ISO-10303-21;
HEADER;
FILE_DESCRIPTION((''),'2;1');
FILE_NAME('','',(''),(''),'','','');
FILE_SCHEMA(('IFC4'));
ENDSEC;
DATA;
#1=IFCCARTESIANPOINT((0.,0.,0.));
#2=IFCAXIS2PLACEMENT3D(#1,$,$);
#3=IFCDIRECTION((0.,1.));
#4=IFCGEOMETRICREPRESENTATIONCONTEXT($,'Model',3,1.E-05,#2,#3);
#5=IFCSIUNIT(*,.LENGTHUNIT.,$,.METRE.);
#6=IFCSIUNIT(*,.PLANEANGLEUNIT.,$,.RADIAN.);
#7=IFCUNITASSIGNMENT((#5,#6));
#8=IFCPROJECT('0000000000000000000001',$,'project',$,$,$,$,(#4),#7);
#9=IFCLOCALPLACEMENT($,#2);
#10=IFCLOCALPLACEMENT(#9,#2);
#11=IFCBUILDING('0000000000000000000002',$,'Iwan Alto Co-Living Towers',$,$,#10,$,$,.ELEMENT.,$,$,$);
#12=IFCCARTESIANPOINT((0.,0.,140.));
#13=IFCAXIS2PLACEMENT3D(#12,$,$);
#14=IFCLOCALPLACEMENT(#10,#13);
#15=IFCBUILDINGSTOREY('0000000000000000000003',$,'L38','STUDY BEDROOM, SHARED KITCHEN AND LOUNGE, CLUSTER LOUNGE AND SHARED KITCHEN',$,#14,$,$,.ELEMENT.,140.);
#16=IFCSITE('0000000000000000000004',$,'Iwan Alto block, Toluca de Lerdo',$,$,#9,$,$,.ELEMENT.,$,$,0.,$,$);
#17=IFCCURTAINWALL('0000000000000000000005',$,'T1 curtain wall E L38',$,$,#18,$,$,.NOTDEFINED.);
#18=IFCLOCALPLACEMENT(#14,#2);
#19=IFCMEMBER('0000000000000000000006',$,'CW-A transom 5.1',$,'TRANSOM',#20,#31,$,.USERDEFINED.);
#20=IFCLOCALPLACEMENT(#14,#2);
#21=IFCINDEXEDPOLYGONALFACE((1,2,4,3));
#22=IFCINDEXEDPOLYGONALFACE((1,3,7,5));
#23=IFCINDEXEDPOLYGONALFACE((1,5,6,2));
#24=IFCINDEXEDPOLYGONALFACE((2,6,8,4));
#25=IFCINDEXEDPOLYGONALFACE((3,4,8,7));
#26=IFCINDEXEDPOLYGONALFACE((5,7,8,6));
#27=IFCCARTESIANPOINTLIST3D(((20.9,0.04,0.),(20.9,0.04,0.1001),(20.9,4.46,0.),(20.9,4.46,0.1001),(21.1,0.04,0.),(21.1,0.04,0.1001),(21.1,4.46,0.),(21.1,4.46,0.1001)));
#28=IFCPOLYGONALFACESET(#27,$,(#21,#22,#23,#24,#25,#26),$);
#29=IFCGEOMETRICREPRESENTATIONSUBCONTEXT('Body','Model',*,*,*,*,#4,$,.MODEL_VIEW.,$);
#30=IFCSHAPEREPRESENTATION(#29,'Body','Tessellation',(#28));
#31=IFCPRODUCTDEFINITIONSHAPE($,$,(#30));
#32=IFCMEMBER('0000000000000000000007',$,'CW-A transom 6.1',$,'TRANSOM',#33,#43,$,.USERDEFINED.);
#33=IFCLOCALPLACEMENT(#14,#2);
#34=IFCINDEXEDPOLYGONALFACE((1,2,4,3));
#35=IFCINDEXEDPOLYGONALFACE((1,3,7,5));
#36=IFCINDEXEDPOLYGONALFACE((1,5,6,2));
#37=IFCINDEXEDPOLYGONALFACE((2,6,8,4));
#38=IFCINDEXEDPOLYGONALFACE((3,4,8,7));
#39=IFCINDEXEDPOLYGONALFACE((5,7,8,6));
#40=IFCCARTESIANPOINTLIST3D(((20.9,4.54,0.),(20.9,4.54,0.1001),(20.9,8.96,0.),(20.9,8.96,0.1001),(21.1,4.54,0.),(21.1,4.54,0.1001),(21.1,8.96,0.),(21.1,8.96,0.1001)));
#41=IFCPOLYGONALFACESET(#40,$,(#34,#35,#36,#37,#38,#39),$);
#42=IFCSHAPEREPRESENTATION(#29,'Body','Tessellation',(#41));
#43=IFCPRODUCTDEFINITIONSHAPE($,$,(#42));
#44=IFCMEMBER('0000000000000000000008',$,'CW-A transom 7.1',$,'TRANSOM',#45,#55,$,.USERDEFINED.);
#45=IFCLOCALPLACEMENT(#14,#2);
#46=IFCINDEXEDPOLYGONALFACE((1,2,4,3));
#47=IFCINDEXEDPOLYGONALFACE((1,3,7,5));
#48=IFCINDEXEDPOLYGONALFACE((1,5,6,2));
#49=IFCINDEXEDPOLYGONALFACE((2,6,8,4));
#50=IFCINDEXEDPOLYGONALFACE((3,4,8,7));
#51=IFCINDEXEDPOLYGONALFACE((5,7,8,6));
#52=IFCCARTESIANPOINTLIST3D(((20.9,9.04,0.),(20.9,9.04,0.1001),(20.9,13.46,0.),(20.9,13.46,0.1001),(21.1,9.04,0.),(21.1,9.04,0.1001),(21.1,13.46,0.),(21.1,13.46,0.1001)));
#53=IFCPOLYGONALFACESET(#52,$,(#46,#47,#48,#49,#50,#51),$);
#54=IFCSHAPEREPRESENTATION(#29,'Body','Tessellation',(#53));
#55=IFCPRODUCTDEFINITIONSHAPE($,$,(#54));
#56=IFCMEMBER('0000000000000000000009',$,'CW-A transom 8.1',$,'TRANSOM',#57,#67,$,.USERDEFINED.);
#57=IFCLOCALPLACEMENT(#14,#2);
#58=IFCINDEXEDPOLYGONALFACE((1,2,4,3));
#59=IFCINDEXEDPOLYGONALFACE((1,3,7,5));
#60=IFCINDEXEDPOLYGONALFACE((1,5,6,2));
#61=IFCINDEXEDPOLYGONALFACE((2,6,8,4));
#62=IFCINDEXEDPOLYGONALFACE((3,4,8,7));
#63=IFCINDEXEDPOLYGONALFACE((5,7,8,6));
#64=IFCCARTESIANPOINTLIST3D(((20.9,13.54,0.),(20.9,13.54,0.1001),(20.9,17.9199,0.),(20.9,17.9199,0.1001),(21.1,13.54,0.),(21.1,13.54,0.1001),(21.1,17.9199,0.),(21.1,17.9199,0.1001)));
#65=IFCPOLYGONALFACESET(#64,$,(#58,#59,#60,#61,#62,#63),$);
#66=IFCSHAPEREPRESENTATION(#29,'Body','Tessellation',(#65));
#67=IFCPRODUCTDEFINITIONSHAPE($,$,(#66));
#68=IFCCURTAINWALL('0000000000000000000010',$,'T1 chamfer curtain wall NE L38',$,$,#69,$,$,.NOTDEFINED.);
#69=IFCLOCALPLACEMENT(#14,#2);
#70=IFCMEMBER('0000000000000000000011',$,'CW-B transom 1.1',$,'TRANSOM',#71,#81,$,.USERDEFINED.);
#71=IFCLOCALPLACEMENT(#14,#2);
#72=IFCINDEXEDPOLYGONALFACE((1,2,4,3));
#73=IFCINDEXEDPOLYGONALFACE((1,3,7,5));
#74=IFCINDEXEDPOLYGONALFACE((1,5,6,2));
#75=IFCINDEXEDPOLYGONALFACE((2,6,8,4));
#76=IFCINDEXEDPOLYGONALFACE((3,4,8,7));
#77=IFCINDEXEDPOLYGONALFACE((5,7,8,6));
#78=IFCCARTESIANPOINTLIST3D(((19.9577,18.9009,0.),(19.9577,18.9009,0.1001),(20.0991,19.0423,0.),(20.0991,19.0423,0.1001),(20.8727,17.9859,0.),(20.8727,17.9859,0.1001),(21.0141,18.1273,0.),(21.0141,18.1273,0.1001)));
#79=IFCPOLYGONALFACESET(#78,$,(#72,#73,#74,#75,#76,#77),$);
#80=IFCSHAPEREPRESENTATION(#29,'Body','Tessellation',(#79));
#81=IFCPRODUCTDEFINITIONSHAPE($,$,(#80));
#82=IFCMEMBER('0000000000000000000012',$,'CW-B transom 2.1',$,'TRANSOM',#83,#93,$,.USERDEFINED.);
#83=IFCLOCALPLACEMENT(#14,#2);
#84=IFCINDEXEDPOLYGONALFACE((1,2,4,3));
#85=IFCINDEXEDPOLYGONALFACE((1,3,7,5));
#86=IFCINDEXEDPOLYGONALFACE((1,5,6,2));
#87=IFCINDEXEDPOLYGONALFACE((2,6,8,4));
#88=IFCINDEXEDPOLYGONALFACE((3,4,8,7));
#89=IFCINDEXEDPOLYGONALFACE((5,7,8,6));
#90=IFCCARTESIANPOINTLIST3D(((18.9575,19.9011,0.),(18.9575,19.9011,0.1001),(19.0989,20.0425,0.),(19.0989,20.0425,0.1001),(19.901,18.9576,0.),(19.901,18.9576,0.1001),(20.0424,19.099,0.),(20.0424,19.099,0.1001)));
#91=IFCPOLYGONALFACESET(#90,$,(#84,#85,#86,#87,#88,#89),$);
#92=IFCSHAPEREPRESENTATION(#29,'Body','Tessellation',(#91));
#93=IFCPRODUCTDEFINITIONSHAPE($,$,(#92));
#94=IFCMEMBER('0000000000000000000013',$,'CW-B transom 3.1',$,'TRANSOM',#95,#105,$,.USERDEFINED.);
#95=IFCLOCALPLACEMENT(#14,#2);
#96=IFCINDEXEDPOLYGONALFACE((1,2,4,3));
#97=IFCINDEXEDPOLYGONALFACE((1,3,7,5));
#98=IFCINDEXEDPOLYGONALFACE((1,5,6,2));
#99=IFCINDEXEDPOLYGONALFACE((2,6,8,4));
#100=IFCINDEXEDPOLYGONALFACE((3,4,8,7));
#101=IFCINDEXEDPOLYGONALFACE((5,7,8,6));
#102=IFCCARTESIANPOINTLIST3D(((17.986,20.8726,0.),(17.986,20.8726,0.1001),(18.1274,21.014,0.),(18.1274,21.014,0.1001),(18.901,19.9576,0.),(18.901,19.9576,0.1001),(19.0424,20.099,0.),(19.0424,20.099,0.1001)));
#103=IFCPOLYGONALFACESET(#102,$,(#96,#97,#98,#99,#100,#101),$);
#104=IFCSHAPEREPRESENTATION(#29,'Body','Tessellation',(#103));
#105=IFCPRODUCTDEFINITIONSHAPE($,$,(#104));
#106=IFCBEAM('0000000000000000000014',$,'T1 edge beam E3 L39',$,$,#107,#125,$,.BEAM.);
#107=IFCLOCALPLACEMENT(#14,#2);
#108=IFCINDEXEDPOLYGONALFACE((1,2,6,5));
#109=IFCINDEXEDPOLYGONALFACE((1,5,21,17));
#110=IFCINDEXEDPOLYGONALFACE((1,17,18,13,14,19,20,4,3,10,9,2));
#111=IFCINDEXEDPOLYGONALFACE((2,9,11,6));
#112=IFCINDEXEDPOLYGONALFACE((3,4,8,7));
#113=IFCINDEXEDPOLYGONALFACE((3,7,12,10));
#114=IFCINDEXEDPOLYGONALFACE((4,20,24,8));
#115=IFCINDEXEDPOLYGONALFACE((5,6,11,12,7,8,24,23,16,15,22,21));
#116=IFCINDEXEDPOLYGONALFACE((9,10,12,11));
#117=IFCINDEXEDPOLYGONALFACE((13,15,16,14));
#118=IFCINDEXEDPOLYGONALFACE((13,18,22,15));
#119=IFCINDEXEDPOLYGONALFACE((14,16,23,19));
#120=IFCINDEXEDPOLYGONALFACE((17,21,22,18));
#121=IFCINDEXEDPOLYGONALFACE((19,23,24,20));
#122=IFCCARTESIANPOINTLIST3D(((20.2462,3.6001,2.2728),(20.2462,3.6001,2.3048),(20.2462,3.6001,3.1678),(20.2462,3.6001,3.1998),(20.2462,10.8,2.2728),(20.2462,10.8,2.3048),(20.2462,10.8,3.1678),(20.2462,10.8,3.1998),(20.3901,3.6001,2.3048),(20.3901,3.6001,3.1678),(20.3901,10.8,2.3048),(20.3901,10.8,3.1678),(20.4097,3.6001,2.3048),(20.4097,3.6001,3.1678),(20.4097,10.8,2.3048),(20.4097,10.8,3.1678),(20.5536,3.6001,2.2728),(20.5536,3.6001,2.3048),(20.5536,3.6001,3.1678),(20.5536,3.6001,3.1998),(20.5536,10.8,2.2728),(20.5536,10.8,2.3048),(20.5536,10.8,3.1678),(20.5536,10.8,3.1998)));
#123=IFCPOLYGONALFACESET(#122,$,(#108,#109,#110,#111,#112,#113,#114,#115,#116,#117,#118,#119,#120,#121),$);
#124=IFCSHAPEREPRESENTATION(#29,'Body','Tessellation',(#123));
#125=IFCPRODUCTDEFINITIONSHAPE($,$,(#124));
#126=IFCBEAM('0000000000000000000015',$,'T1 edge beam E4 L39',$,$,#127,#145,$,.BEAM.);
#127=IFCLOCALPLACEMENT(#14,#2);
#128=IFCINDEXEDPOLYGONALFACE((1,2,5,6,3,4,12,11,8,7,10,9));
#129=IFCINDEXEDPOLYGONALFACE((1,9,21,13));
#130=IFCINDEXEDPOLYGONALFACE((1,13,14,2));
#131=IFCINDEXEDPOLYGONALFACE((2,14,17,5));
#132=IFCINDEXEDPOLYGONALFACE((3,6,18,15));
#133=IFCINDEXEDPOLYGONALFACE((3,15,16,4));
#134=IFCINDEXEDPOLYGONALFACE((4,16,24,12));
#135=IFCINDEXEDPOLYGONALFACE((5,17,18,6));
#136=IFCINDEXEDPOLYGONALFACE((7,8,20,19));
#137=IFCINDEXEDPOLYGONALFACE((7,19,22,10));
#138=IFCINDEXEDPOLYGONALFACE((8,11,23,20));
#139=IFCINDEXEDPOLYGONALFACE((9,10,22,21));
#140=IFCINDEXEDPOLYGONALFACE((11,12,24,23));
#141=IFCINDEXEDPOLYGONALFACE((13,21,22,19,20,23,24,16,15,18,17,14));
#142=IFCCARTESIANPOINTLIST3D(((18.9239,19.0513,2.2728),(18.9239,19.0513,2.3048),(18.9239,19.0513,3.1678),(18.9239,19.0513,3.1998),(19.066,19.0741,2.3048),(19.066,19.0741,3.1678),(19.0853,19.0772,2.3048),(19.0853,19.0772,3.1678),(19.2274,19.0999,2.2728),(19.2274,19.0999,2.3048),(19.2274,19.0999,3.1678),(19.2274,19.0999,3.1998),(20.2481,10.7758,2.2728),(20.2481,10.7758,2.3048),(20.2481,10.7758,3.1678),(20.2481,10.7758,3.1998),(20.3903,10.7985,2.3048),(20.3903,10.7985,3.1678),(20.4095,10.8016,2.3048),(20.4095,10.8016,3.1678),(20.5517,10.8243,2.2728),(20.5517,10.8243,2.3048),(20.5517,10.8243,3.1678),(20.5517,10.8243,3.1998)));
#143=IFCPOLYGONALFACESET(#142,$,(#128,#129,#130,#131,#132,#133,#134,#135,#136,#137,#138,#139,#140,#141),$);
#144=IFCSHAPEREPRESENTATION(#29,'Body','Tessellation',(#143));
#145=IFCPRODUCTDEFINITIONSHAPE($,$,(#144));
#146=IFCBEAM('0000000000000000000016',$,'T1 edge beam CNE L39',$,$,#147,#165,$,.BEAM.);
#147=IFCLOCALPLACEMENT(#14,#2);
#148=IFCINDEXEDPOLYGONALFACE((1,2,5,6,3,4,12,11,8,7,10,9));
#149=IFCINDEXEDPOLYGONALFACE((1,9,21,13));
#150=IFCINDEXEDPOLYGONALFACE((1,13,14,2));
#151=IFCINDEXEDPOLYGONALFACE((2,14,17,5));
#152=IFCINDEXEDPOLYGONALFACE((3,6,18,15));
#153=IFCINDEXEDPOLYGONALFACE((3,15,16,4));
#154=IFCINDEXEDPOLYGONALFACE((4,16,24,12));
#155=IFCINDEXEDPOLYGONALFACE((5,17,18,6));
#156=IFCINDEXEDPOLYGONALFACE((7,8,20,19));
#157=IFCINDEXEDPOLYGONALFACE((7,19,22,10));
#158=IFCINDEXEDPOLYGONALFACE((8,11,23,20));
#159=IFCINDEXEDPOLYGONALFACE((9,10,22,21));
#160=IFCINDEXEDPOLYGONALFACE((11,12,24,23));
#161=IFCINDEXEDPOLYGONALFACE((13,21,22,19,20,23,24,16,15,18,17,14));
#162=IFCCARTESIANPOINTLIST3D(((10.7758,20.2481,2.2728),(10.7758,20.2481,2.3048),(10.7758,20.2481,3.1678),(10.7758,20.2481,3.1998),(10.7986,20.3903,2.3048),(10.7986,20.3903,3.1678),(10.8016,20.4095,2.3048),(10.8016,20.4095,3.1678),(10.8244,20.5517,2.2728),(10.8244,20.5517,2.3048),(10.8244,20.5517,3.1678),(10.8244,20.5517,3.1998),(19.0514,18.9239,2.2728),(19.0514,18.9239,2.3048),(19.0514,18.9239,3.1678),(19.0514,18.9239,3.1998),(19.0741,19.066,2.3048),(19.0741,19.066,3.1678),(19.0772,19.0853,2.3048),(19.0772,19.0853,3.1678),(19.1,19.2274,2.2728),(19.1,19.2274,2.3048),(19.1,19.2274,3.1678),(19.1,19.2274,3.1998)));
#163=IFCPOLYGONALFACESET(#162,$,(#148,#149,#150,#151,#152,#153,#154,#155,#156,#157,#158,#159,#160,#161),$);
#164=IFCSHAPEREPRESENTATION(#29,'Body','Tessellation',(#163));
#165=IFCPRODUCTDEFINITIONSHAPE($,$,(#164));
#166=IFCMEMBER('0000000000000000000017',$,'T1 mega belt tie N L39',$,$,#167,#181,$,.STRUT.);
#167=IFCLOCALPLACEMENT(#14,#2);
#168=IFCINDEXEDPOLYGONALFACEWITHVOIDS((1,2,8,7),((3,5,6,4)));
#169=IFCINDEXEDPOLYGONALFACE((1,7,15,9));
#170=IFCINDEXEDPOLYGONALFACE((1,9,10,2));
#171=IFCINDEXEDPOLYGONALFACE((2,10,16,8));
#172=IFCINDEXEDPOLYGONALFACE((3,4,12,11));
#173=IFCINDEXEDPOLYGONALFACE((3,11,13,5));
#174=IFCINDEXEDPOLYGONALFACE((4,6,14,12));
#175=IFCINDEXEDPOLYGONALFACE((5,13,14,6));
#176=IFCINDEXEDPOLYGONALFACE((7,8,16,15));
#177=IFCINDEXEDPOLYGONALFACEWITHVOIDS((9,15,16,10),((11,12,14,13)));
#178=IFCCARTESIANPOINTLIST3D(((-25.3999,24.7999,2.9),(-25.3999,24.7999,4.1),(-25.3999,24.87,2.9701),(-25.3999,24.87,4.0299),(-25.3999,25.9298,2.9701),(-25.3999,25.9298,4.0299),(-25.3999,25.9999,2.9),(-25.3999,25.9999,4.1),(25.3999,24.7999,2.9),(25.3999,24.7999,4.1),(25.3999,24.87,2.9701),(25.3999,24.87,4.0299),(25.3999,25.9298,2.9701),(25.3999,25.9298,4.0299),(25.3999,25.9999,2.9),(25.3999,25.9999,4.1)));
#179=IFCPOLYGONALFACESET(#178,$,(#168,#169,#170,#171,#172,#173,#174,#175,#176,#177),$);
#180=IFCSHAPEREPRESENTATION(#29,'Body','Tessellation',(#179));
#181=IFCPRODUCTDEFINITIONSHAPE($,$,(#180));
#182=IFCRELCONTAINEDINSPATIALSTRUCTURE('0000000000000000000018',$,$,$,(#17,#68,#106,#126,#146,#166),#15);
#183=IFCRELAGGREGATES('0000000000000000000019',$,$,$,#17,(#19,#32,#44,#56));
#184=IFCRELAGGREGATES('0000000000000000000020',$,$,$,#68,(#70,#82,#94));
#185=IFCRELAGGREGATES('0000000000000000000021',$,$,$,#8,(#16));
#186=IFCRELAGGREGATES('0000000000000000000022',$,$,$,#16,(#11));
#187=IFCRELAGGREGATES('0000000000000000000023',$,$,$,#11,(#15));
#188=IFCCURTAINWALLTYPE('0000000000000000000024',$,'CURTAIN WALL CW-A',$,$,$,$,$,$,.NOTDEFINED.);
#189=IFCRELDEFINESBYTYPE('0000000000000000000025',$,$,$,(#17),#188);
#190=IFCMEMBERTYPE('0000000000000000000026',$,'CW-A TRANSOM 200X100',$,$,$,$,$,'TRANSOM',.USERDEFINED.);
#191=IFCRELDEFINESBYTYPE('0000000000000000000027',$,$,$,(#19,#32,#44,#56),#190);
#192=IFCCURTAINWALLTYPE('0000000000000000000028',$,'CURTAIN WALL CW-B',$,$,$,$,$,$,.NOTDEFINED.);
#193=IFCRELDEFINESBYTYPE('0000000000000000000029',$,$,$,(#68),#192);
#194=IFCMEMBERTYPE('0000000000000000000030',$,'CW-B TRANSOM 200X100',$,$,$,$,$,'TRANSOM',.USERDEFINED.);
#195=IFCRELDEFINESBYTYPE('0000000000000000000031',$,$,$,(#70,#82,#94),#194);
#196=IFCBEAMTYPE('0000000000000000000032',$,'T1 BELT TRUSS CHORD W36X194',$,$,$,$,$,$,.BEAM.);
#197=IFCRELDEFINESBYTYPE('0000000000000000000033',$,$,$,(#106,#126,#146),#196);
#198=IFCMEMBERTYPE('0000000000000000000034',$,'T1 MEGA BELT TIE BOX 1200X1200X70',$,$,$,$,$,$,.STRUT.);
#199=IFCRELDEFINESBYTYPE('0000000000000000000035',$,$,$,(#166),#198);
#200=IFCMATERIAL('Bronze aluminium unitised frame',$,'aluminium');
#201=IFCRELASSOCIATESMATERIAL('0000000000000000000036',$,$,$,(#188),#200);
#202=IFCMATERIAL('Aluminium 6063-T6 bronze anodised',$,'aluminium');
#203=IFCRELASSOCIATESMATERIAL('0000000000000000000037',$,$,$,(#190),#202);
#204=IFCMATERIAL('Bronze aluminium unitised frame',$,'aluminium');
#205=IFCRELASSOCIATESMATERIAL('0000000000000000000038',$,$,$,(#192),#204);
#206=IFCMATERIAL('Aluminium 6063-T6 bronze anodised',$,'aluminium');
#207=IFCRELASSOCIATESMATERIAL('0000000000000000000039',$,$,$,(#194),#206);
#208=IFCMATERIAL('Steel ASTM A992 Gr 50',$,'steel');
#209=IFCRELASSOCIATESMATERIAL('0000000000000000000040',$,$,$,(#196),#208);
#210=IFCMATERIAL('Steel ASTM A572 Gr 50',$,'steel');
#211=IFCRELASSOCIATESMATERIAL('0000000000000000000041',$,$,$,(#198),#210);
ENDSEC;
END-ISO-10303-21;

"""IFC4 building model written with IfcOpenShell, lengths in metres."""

from ifc_helpers import new_model, si_unit, direction, frame, origin, origin_2d, place, context, subcontext, project, spatial, rectangle, hollow_rectangle, i_section, extrude, material, material_profile, profile_set, type_object, element, aggregate, save


model = new_model("IFC4")

# Units and contexts
model_context = context("Model", 3, precision=1e-05, world=origin(), true_north=direction((0.0, 1.0)))
body_context = subcontext(model_context, "Body", "Model", "MODEL_VIEW")
ifc_project = project(units=[si_unit("LENGTHUNIT", "METRE"), si_unit("PLANEANGLEUNIT", "RADIAN")], contexts=[model_context])

# Site, building, storey
site_placement = place(None, origin())
site = spatial("IfcSite", under=ifc_project, at=site_placement, Name="Iwan Alto block, Toluca de Lerdo", CompositionType="ELEMENT", RefElevation=0.0)
building_placement = place(site_placement, origin())
building = spatial("IfcBuilding", under=site, at=building_placement, Name="Iwan Alto Co-Living Towers", CompositionType="ELEMENT")
storey_placement = place(building_placement, frame((0.0, 0.0, 140.0)))
storey = spatial("IfcBuildingStorey", under=building, at=storey_placement, Name="L38", Description="STUDY BEDROOM, SHARED KITCHEN AND LOUNGE, CLUSTER LOUNGE AND SHARED KITCHEN", CompositionType="ELEMENT", Elevation=140.0)

# Curtain walls, members
ifc_material_1 = material(Name="Bronze aluminium unitised frame", Category="aluminium")
curtain_wall_type_1 = type_object("IfcCurtainWallType", Name="CURTAIN WALL CW-A", PredefinedType="NOTDEFINED", material=ifc_material_1)
curtain_wall_1_placement = place(storey_placement, origin())
curtain_wall_1 = element("IfcCurtainWall", 1, at=curtain_wall_1_placement, inside=storey, type_object=curtain_wall_type_1, Name="T1 curtain wall E L38", PredefinedType="NOTDEFINED")
ifc_material_2 = material(Name="Aluminium 6063-T6 bronze anodised", Category="aluminium")
ifc_material_profile_1 = material_profile(ifc_material_2, rectangle(XDim=0.2, YDim=0.1001, at=origin_2d()), Name="AL 200X100")
ifc_profile_set_1 = profile_set([ifc_material_profile_1], Name="Aluminium 6063-T6 bronze anodised")
member_type_1 = type_object("IfcMemberType", Name="CW-A TRANSOM 200X100", ElementType="TRANSOM", PredefinedType="USERDEFINED", material=ifc_profile_set_1)
member_1_placement = place(storey_placement, frame((21.0, 0.04, 0.05), z_axis=(0.0, 1.0, 0.0), x_axis=(-1.0, 0.0, 0.0)))
member_1 = element("IfcMember", 2, at=member_1_placement, type_object=member_type_1, Name="CW-A transom 5.1", ObjectType="TRANSOM", PredefinedType="USERDEFINED", context=body_context, shape_type="SweptSolid", body=[
    extrude(rectangle(XDim=0.2, YDim=0.1001, at=origin_2d()), origin(), (0.0, 0.0, 1.0), 4.4199),
])
member_2_placement = place(storey_placement, frame((21.0, 4.54, 0.05), z_axis=(0.0, 1.0, 0.0), x_axis=(-1.0, 0.0, 0.0)))
member_2 = element("IfcMember", 3, at=member_2_placement, type_object=member_type_1, Name="CW-A transom 6.1", ObjectType="TRANSOM", PredefinedType="USERDEFINED", context=body_context, shape_type="SweptSolid", body=[
    extrude(rectangle(XDim=0.2, YDim=0.1001, at=origin_2d()), origin(), (0.0, 0.0, 1.0), 4.4199),
])
member_3_placement = place(storey_placement, frame((21.0, 9.04, 0.05), z_axis=(0.0, 1.0, 0.0), x_axis=(-1.0, 0.0, 0.0)))
member_3 = element("IfcMember", 4, at=member_3_placement, type_object=member_type_1, Name="CW-A transom 7.1", ObjectType="TRANSOM", PredefinedType="USERDEFINED", context=body_context, shape_type="SweptSolid", body=[
    extrude(rectangle(XDim=0.2, YDim=0.1001, at=origin_2d()), origin(), (0.0, 0.0, 1.0), 4.4199),
])
member_4_placement = place(storey_placement, frame((21.0, 13.54, 0.05), z_axis=(0.0, 1.0, 0.0), x_axis=(-1.0, 0.0, 0.0)))
member_4 = element("IfcMember", 5, at=member_4_placement, type_object=member_type_1, Name="CW-A transom 8.1", ObjectType="TRANSOM", PredefinedType="USERDEFINED", context=body_context, shape_type="SweptSolid", body=[
    extrude(rectangle(XDim=0.2, YDim=0.1001, at=origin_2d()), origin(), (0.0, 0.0, 1.0), 4.3799),
])
ifc_material_3 = material(Name="Bronze aluminium unitised frame", Category="aluminium")
curtain_wall_type_2 = type_object("IfcCurtainWallType", Name="CURTAIN WALL CW-B", PredefinedType="NOTDEFINED", material=ifc_material_3)
curtain_wall_2_placement = place(storey_placement, origin())
curtain_wall_2 = element("IfcCurtainWall", 6, at=curtain_wall_2_placement, inside=storey, type_object=curtain_wall_type_2, Name="T1 chamfer curtain wall NE L38", PredefinedType="NOTDEFINED")
ifc_material_4 = material(Name="Aluminium 6063-T6 bronze anodised", Category="aluminium")
ifc_material_profile_2 = material_profile(ifc_material_4, rectangle(XDim=0.2, YDim=0.1001, at=origin_2d()), Name="AL 200X100")
ifc_profile_set_2 = profile_set([ifc_material_profile_2], Name="Aluminium 6063-T6 bronze anodised")
member_type_2 = type_object("IfcMemberType", Name="CW-B TRANSOM 200X100", ElementType="TRANSOM", PredefinedType="USERDEFINED", material=ifc_profile_set_2)
member_5_placement = place(storey_placement, frame((20.9434, 18.0566, 0.05), z_axis=(-0.707107, 0.707107, 0.0), x_axis=(-0.707107, -0.707107, 0.0)))
member_5 = element("IfcMember", 7, at=member_5_placement, type_object=member_type_2, Name="CW-B transom 1.1", ObjectType="TRANSOM", PredefinedType="USERDEFINED", context=body_context, shape_type="SweptSolid", body=[
    extrude(rectangle(XDim=0.2, YDim=0.1001, at=origin_2d()), origin(), (0.0, 0.0, 1.0), 1.2939),
])
member_6_placement = place(storey_placement, frame((19.9717, 19.0283, 0.05), z_axis=(-0.707107, 0.707107, 0.0), x_axis=(-0.707107, -0.707107, 0.0)))
member_6 = element("IfcMember", 8, at=member_6_placement, type_object=member_type_2, Name="CW-B transom 2.1", ObjectType="TRANSOM", PredefinedType="USERDEFINED", context=body_context, shape_type="SweptSolid", body=[
    extrude(rectangle(XDim=0.2, YDim=0.1001, at=origin_2d()), origin(), (0.0, 0.0, 1.0), 1.3342),
])
member_7_placement = place(storey_placement, frame((18.9717, 20.0283, 0.05), z_axis=(-0.707107, 0.707107, 0.0), x_axis=(-0.707107, -0.707107, 0.0)))
member_7 = element("IfcMember", 9, at=member_7_placement, type_object=member_type_2, Name="CW-B transom 3.1", ObjectType="TRANSOM", PredefinedType="USERDEFINED", context=body_context, shape_type="SweptSolid", body=[
    extrude(rectangle(XDim=0.2, YDim=0.1001, at=origin_2d()), origin(), (0.0, 0.0, 1.0), 1.2939),
])

# Beams
ifc_material_5 = material(Name="Steel ASTM A992 Gr 50", Category="steel")
ifc_material_profile_3 = material_profile(ifc_material_5, i_section(OverallWidth=0.3074, OverallDepth=0.927, WebThickness=0.0195, FlangeThickness=0.032, at=origin_2d()), Name="W36X194")
ifc_profile_set_3 = profile_set([ifc_material_profile_3], Name="Steel ASTM A992 Gr 50")
beam_type_1 = type_object("IfcBeamType", Name="T1 BELT TRUSS CHORD W36X194", PredefinedType="BEAM", material=ifc_profile_set_3)
beam_1_placement = place(storey_placement, frame((20.3999, 3.6001, 2.7363), z_axis=(0.0, 1.0, 0.0), x_axis=(-1.0, 0.0, 0.0)))
element("IfcBeam", 10, at=beam_1_placement, inside=storey, type_object=beam_type_1, Name="T1 edge beam E3 L39", PredefinedType="BEAM", context=body_context, shape_type="SweptSolid", body=[
    extrude(i_section(OverallWidth=0.3074, OverallDepth=0.927, WebThickness=0.0195, FlangeThickness=0.032, at=origin_2d()), origin(), (0.0, 0.0, 1.0), 7.2),
])
for number, where, z_axis, x_axis, name in (
    (11, (20.3999, 10.8, 2.7363), (-0.158004, 0.987438, 0.0), (-0.987438, -0.158004, 0.0), "T1 edge beam E4 L39"),
    (12, (19.0757, 19.0757, 2.7363), (-0.987438, 0.158004, 0.0), (-0.158004, -0.987438, 0.0), "T1 edge beam CNE L39"),
):
    element("IfcBeam", number, at=place(storey_placement, frame(where, z_axis=z_axis, x_axis=x_axis)), inside=storey, type_object=beam_type_1, Name=name, PredefinedType="BEAM", context=body_context, shape_type="SweptSolid", body=[
        extrude(i_section(OverallWidth=0.3074, OverallDepth=0.927, WebThickness=0.0195, FlangeThickness=0.032, at=origin_2d()), origin(), (0.0, 0.0, 1.0), 8.3809),
    ])

# Member
ifc_material_6 = material(Name="Steel ASTM A572 Gr 50", Category="steel")
ifc_material_profile_4 = material_profile(ifc_material_6, hollow_rectangle(XDim=1.2, YDim=1.2, WallThickness=0.0701, at=origin_2d()), Name="BOX 1200X1200X70")
ifc_profile_set_4 = profile_set([ifc_material_profile_4], Name="Steel ASTM A572 Gr 50")
member_type_3 = type_object("IfcMemberType", Name="T1 MEGA BELT TIE BOX 1200X1200X70", PredefinedType="STRUT", material=ifc_profile_set_4)
member_8_placement = place(storey_placement, frame((25.3999, 25.3999, 3.5), z_axis=(-1.0, 0.0, 0.0), x_axis=(0.0, -1.0, 0.0)))
element("IfcMember", 13, at=member_8_placement, inside=storey, type_object=member_type_3, Name="T1 mega belt tie N L39", PredefinedType="STRUT", context=body_context, shape_type="SweptSolid", body=[
    extrude(hollow_rectangle(XDim=1.2, YDim=1.2, WallThickness=0.0701, at=origin_2d()), origin(), (0.0, 0.0, 1.0), 50.7998),
])

aggregate(curtain_wall_1, [member_1, member_2, member_3, member_4])
aggregate(curtain_wall_2, [member_5, member_6, member_7])

save(model, "model.ifc")
